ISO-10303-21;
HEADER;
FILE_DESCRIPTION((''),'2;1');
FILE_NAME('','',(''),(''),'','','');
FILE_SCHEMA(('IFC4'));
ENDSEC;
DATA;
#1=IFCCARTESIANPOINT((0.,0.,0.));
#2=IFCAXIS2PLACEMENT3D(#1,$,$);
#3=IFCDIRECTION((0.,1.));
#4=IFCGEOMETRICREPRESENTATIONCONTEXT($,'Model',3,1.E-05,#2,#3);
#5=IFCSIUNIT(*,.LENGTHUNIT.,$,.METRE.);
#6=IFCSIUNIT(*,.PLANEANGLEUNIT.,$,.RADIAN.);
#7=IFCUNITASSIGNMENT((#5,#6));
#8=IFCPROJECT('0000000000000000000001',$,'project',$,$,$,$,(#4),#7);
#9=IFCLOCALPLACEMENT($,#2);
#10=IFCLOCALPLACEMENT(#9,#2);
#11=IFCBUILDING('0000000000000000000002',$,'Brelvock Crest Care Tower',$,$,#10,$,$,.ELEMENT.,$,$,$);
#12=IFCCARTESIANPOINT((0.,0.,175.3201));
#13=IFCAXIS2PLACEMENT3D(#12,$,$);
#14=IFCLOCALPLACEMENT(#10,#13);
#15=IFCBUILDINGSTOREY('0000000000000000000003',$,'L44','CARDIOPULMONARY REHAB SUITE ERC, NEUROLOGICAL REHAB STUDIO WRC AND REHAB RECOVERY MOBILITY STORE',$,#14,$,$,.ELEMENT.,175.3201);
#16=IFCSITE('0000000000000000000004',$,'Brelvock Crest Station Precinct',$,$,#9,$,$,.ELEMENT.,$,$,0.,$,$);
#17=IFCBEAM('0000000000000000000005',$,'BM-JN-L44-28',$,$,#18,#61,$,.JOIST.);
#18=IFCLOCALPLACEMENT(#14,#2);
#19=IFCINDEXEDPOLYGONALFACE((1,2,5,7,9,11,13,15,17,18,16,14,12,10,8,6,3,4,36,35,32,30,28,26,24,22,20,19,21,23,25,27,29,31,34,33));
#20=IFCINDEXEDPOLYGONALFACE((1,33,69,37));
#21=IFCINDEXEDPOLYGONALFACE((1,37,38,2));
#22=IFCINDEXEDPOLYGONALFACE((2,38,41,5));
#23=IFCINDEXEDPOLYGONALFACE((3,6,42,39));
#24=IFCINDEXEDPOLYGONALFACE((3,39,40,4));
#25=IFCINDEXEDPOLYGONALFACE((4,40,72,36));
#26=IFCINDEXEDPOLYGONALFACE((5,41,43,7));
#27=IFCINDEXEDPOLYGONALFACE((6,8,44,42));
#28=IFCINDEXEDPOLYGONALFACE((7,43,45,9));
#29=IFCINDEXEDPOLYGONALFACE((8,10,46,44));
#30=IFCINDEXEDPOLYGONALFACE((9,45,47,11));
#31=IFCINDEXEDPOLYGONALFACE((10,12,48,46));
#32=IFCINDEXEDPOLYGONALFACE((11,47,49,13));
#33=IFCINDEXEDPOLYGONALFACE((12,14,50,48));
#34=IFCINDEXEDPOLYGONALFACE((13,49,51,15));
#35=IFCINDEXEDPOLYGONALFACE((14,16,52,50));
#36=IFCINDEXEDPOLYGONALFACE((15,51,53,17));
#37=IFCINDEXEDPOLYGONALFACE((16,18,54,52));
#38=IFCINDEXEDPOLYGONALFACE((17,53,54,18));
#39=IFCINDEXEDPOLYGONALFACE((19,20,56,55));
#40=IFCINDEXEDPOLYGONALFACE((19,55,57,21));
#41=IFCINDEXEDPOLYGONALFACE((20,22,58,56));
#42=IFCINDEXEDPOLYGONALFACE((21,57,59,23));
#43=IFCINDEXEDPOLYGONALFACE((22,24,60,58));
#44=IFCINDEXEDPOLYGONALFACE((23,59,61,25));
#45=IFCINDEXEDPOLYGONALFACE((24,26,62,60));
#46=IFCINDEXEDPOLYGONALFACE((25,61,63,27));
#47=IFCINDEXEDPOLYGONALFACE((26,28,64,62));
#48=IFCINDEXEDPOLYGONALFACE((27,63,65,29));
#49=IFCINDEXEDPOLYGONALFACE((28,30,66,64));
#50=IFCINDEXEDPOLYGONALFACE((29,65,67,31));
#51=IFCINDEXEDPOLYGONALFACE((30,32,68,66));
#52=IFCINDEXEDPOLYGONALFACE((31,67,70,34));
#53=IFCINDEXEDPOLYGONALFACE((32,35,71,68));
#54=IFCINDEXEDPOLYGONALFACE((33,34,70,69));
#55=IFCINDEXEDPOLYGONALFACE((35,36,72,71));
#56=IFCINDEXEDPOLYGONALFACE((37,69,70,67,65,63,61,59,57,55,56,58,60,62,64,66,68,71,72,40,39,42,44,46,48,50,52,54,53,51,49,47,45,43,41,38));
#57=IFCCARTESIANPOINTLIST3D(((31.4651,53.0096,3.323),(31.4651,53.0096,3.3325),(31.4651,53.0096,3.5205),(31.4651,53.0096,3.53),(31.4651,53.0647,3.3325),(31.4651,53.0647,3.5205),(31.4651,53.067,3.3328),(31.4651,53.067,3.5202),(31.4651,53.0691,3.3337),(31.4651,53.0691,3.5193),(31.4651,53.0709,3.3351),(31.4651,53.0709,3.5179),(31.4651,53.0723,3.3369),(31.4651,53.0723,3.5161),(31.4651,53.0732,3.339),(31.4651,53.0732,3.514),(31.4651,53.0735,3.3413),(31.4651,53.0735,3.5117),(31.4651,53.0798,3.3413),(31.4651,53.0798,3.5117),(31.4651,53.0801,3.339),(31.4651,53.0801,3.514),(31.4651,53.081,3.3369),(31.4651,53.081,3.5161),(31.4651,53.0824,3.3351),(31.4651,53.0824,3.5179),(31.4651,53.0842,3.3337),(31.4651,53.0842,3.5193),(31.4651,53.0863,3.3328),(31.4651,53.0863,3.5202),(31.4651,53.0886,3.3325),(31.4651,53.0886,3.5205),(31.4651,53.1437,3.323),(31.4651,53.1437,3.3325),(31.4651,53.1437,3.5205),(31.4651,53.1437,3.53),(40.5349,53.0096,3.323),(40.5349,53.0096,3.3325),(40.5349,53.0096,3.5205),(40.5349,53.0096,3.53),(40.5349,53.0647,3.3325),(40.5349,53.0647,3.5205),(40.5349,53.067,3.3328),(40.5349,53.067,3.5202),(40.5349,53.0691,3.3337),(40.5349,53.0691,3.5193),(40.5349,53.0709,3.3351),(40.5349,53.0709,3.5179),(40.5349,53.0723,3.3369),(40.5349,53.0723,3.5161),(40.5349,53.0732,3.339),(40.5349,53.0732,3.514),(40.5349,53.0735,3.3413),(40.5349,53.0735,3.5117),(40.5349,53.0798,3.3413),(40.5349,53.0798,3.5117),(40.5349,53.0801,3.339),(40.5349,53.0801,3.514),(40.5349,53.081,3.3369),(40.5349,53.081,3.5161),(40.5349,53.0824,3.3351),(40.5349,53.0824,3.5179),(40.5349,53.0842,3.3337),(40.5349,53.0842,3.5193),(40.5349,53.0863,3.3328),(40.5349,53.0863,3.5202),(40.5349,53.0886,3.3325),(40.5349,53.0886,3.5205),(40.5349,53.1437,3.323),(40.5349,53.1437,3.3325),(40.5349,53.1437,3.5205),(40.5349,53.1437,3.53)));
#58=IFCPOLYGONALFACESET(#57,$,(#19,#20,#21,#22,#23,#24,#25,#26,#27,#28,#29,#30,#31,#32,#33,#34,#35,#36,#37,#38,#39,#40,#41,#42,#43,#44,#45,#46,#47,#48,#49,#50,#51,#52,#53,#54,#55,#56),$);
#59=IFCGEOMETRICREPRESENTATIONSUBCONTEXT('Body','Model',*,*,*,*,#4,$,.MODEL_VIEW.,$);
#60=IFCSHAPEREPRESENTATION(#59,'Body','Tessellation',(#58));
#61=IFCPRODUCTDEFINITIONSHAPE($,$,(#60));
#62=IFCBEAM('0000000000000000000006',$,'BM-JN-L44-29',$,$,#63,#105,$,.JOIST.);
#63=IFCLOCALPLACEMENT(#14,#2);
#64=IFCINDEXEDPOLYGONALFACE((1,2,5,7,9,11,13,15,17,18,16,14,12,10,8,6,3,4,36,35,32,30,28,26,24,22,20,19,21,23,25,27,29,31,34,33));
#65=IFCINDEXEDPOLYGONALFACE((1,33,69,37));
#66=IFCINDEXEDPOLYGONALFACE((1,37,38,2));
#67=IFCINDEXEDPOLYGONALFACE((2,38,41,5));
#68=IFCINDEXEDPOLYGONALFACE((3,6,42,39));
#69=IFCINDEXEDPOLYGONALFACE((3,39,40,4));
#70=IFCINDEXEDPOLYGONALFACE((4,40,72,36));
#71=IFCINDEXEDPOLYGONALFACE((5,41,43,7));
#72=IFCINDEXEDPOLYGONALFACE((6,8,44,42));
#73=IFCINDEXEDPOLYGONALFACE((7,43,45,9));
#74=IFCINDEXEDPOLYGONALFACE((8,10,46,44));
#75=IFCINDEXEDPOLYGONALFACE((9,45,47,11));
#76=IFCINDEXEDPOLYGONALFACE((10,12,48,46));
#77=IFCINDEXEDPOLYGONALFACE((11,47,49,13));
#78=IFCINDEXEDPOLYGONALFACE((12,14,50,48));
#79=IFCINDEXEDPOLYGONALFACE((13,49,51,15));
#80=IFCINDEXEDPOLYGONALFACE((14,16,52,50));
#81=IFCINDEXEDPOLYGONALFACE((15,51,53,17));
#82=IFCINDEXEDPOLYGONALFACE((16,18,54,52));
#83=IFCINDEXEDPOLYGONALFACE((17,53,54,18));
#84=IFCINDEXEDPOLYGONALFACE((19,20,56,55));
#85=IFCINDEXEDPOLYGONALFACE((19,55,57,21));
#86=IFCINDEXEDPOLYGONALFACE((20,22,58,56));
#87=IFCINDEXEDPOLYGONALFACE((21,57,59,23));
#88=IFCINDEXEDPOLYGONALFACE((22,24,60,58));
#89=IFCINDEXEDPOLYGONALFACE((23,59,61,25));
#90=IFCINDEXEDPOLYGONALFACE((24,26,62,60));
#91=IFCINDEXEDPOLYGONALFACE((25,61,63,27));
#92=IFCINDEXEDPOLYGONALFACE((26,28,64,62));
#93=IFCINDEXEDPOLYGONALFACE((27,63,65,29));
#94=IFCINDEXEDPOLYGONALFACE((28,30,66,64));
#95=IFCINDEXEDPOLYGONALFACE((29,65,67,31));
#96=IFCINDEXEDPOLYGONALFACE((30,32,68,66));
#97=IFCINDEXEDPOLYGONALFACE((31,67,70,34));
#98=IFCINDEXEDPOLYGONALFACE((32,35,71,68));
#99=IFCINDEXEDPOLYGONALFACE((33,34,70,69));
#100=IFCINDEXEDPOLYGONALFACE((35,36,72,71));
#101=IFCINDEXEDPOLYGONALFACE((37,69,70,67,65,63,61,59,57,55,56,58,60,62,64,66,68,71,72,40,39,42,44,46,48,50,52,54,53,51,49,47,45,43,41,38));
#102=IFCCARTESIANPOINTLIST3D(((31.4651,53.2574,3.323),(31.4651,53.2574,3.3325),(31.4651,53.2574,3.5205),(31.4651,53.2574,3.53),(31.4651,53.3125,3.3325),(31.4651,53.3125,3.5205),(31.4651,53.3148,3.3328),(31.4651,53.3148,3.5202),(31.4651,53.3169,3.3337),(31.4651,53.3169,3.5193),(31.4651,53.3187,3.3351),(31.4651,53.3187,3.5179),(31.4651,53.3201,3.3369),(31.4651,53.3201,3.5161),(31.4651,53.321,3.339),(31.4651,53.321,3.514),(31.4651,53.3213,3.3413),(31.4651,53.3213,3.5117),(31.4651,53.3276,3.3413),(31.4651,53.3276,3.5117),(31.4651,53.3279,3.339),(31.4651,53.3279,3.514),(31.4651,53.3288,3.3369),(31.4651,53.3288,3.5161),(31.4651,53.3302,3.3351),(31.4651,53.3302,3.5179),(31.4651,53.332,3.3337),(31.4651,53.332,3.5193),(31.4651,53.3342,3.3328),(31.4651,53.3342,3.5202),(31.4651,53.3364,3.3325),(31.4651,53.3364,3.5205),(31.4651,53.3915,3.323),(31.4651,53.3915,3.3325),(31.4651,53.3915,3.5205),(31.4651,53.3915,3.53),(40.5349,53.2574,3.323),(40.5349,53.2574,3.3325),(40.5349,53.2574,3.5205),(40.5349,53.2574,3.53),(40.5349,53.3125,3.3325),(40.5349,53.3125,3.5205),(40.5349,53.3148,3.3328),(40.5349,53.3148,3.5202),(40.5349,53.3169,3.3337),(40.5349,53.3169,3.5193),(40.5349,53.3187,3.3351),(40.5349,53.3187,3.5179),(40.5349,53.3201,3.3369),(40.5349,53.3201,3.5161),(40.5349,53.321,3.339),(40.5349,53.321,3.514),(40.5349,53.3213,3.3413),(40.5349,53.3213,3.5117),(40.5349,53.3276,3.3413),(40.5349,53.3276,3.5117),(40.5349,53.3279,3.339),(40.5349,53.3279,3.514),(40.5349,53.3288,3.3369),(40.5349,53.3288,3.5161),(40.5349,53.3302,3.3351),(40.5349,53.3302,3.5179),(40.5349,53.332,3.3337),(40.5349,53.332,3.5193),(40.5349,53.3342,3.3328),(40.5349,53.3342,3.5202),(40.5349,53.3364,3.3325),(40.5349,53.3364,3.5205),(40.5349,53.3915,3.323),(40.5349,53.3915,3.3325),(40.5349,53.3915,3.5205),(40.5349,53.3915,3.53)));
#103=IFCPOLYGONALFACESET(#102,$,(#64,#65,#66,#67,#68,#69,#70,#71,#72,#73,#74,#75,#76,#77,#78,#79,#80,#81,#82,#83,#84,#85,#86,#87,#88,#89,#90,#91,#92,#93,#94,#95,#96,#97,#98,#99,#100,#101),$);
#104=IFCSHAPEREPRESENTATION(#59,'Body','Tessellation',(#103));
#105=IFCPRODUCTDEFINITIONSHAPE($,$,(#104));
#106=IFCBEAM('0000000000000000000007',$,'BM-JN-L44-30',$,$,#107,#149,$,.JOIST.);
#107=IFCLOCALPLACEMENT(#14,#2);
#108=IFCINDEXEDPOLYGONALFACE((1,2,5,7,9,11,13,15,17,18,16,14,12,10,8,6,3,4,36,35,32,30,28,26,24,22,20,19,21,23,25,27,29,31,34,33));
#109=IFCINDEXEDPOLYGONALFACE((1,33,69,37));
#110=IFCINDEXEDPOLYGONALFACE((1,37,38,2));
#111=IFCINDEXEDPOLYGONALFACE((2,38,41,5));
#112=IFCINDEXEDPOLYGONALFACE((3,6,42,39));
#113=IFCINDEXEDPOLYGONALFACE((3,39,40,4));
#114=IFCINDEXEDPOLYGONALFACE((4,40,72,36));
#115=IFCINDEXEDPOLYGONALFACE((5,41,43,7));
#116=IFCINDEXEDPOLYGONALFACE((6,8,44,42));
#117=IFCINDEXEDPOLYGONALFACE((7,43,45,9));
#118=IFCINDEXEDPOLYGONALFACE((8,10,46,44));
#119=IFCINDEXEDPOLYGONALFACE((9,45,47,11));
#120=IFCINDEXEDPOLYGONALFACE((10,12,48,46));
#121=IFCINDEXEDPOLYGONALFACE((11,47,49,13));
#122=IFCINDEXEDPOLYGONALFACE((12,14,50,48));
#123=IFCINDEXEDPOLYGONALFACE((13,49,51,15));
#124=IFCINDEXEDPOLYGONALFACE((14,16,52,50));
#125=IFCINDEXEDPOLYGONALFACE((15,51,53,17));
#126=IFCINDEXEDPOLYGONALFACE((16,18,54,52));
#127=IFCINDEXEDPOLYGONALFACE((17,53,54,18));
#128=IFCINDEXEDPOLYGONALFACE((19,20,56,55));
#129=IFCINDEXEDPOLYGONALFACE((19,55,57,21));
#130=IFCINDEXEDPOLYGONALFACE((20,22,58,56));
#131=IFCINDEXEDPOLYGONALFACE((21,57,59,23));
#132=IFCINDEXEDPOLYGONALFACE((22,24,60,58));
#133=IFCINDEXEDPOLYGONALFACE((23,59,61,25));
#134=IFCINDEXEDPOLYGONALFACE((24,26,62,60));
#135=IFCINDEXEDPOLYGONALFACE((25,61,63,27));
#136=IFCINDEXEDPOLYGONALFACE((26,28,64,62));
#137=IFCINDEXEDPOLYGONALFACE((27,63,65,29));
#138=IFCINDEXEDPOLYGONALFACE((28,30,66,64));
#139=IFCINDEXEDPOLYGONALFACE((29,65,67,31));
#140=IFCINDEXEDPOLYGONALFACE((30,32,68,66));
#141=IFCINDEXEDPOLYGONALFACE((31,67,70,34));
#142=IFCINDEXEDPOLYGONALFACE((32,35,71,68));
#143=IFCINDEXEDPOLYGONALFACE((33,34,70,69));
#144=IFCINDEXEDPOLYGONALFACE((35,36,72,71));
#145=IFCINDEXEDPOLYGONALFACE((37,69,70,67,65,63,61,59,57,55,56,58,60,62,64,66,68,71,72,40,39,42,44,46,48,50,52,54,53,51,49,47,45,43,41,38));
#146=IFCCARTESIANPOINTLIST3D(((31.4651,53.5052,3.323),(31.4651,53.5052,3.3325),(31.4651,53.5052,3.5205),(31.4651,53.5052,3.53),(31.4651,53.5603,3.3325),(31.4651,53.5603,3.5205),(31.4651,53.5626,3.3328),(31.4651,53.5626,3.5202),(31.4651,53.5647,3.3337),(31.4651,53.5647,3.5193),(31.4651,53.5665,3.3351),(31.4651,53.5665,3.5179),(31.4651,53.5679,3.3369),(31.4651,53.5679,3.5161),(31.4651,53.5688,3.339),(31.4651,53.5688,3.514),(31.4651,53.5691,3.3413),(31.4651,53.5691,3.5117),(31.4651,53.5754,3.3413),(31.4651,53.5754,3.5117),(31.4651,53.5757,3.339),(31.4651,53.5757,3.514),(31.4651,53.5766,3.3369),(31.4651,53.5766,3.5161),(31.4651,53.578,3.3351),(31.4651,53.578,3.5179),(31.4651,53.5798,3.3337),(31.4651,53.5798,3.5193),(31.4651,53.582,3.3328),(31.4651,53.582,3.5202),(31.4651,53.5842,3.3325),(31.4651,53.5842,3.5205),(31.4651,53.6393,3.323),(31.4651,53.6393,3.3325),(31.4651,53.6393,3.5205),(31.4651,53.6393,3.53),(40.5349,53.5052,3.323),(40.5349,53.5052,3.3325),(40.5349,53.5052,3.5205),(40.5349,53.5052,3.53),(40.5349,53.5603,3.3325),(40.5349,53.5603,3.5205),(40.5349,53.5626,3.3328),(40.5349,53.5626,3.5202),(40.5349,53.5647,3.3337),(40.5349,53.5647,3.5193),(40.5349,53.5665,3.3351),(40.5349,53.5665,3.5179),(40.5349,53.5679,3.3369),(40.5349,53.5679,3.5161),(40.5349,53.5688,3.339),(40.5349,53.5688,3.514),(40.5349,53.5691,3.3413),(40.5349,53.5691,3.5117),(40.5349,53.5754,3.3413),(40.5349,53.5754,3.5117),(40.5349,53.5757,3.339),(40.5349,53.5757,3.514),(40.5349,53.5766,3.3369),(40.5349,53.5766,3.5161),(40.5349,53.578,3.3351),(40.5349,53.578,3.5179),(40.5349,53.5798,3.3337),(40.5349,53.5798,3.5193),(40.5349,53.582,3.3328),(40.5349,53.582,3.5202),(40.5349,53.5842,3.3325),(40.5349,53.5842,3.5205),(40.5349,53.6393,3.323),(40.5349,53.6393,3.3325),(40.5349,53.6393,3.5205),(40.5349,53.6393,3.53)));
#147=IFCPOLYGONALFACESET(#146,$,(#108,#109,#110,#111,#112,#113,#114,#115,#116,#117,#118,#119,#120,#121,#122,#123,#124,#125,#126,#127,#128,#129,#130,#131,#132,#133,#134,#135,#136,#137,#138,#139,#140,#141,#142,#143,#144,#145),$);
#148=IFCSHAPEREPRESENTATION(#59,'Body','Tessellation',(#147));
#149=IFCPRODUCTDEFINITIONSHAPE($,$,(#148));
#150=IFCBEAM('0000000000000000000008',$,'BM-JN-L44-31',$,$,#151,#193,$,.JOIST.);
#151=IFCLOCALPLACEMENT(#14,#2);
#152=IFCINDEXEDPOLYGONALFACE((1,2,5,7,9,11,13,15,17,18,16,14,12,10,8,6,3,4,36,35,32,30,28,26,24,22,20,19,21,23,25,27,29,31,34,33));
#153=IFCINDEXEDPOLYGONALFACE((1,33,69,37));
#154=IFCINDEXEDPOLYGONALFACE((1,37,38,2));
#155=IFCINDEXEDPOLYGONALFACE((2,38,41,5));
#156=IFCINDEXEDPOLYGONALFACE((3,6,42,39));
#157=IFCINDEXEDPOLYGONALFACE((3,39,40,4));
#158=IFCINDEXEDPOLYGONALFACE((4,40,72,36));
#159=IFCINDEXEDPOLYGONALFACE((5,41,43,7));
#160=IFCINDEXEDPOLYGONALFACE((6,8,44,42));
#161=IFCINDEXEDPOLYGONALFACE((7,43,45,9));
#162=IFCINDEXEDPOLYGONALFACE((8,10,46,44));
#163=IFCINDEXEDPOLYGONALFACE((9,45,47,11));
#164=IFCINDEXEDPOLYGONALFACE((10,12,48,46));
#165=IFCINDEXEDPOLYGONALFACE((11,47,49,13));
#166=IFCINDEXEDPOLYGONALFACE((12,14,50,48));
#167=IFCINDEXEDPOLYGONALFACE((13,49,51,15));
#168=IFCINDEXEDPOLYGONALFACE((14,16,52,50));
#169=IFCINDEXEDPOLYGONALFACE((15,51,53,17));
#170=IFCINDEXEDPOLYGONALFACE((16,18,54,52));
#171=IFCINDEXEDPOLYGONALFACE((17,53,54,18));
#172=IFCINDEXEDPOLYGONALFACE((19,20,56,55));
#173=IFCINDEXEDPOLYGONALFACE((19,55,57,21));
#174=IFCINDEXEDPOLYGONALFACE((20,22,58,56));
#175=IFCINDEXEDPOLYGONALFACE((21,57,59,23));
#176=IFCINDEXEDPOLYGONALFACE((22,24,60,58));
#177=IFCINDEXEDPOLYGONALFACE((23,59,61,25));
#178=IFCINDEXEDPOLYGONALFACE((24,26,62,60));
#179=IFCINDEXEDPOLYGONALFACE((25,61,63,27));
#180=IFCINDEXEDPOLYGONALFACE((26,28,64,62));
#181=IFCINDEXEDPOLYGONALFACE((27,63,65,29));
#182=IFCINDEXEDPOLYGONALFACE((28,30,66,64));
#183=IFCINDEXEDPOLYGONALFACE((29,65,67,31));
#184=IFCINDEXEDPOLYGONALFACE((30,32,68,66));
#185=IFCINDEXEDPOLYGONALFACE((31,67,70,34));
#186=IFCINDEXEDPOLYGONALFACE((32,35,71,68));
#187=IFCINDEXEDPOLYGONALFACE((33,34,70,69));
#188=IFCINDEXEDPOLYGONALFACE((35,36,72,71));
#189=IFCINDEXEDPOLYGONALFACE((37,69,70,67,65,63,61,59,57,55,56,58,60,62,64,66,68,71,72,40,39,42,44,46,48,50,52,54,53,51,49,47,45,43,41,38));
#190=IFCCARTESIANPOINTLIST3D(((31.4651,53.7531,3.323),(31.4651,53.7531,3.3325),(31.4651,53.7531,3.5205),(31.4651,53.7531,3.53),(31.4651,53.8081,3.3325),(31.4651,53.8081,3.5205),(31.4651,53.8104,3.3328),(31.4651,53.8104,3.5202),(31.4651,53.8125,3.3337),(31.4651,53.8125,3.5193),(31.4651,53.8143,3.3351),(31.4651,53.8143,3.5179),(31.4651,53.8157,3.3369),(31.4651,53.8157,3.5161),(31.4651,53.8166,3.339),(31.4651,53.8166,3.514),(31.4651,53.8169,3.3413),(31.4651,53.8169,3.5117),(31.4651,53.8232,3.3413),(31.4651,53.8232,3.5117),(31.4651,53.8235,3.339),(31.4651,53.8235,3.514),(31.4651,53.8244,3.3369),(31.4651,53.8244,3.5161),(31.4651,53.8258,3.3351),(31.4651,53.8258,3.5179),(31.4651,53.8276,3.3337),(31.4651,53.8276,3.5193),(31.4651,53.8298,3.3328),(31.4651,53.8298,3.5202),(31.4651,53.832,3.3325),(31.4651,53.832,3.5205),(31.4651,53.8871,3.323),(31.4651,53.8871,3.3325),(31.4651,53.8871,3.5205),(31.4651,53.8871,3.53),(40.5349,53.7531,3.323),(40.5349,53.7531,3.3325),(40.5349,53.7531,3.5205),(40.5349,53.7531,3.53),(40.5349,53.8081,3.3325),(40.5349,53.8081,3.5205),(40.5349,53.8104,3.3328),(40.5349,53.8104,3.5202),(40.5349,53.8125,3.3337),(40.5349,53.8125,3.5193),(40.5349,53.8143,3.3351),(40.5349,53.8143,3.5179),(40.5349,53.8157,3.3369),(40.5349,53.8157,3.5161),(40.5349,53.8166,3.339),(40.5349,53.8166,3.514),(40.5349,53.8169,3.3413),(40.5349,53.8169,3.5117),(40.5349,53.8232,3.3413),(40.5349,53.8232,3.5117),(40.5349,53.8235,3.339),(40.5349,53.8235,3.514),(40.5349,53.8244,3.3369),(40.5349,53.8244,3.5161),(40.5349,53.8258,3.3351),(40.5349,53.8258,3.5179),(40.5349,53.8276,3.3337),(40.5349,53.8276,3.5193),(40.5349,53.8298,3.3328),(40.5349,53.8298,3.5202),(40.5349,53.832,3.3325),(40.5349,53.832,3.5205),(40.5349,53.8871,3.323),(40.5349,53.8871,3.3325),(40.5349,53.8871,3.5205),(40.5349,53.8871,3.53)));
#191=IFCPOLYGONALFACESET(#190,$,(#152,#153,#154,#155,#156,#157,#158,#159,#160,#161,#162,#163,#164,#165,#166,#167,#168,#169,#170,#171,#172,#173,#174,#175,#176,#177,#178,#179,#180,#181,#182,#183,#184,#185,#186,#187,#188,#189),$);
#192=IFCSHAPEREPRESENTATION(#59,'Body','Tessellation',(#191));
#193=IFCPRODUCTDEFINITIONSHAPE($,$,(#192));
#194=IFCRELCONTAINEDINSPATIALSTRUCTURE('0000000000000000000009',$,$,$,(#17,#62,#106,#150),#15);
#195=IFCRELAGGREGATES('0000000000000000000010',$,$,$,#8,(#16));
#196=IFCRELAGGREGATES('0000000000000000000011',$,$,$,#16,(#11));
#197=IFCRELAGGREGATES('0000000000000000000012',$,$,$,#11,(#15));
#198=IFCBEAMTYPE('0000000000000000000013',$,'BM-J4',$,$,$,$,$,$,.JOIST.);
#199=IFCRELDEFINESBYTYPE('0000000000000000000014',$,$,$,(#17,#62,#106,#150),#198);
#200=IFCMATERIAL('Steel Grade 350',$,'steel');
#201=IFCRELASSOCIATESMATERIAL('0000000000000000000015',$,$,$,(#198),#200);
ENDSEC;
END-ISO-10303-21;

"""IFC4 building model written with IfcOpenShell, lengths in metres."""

from ifc_helpers import new_model, si_unit, direction, frame, origin, origin_2d, place, context, subcontext, project, spatial, i_section, extrude, source, transform, mapped, material, material_profile, profile_set, type_object, element, save


model = new_model("IFC4")

# Units and contexts
model_context = context("Model", 3, precision=1e-05, world=origin(), true_north=direction((0.0, 1.0)))
body_context = subcontext(model_context, "Body", "Model", "MODEL_VIEW")
ifc_project = project(units=[si_unit("LENGTHUNIT", "METRE"), si_unit("PLANEANGLEUNIT", "RADIAN")], contexts=[model_context])

# Site, building, storey
site_placement = place(None, origin())
site = spatial("IfcSite", under=ifc_project, at=site_placement, Name="Brelvock Crest Station Precinct", CompositionType="ELEMENT", RefElevation=0.0)
building_placement = place(site_placement, origin())
building = spatial("IfcBuilding", under=site, at=building_placement, Name="Brelvock Crest Care Tower", CompositionType="ELEMENT")
storey_placement = place(building_placement, frame((0.0, 0.0, 175.3201)))
storey = spatial("IfcBuildingStorey", under=building, at=storey_placement, Name="L44", Description="CARDIOPULMONARY REHAB SUITE ERC, NEUROLOGICAL REHAB STUDIO WRC AND REHAB RECOVERY MOBILITY STORE", CompositionType="ELEMENT", Elevation=175.3201)

# Shared definitions
ifc_material_1 = material(Name="Steel Grade 350", Category="steel")

# Beams
ifc_material_profile_1 = material_profile(ifc_material_1, i_section(OverallWidth=0.134, OverallDepth=0.207, WebThickness=0.0063, FlangeThickness=0.0095, FilletRadius=0.0088, at=origin_2d()), Name="200UB29.8")
ifc_profile_set_1 = profile_set([ifc_material_profile_1], Name="Steel Grade 350")
beam_type_1 = type_object("IfcBeamType", Name="BM-J4", PredefinedType="JOIST", material=ifc_profile_set_1)
shared_shape_1 = source(origin(), body_context, "Body", "SweptSolid", [
    extrude(i_section(OverallWidth=0.134, OverallDepth=0.207, WebThickness=0.0063, FlangeThickness=0.0095, FilletRadius=0.0088, at=origin_2d()), origin(), (0.0, 0.0, 1.0), 9.0698),
])
for number, where, z_axis, x_axis, name in (
    (1, (31.4651, 53.0767, 3.4265), (1.0, 0.0, 0.0), (0.0, 1.0, 0.0), "BM-JN-L44-28"),
    (2, (31.4651, 53.3245, 3.4265), (1.0, 0.0, 0.0), (0.0, 1.0, 0.0), "BM-JN-L44-29"),
    (3, (31.4651, 53.5723, 3.4265), (1.0, 0.0, 0.0), (0.0, 1.0, 0.0), "BM-JN-L44-30"),
    (4, (31.4651, 53.8201, 3.4265), (1.0, 0.0, 0.0), (0.0, 1.0, 0.0), "BM-JN-L44-31"),
):
    element("IfcBeam", number, at=place(storey_placement, frame(where, z_axis=z_axis, x_axis=x_axis)), inside=storey, type_object=beam_type_1, Name=name, PredefinedType="JOIST", context=body_context, shape_type="MappedRepresentation", body=[
        mapped(shared_shape_1, transform((0.0, 0.0, 0.0), x_axis=(1.0, 0.0, 0.0), y_axis=(0.0, 1.0, 0.0), z_axis=(0.0, 0.0, 1.0), scale=1.0)),
    ])

save(model, "model.ifc")
